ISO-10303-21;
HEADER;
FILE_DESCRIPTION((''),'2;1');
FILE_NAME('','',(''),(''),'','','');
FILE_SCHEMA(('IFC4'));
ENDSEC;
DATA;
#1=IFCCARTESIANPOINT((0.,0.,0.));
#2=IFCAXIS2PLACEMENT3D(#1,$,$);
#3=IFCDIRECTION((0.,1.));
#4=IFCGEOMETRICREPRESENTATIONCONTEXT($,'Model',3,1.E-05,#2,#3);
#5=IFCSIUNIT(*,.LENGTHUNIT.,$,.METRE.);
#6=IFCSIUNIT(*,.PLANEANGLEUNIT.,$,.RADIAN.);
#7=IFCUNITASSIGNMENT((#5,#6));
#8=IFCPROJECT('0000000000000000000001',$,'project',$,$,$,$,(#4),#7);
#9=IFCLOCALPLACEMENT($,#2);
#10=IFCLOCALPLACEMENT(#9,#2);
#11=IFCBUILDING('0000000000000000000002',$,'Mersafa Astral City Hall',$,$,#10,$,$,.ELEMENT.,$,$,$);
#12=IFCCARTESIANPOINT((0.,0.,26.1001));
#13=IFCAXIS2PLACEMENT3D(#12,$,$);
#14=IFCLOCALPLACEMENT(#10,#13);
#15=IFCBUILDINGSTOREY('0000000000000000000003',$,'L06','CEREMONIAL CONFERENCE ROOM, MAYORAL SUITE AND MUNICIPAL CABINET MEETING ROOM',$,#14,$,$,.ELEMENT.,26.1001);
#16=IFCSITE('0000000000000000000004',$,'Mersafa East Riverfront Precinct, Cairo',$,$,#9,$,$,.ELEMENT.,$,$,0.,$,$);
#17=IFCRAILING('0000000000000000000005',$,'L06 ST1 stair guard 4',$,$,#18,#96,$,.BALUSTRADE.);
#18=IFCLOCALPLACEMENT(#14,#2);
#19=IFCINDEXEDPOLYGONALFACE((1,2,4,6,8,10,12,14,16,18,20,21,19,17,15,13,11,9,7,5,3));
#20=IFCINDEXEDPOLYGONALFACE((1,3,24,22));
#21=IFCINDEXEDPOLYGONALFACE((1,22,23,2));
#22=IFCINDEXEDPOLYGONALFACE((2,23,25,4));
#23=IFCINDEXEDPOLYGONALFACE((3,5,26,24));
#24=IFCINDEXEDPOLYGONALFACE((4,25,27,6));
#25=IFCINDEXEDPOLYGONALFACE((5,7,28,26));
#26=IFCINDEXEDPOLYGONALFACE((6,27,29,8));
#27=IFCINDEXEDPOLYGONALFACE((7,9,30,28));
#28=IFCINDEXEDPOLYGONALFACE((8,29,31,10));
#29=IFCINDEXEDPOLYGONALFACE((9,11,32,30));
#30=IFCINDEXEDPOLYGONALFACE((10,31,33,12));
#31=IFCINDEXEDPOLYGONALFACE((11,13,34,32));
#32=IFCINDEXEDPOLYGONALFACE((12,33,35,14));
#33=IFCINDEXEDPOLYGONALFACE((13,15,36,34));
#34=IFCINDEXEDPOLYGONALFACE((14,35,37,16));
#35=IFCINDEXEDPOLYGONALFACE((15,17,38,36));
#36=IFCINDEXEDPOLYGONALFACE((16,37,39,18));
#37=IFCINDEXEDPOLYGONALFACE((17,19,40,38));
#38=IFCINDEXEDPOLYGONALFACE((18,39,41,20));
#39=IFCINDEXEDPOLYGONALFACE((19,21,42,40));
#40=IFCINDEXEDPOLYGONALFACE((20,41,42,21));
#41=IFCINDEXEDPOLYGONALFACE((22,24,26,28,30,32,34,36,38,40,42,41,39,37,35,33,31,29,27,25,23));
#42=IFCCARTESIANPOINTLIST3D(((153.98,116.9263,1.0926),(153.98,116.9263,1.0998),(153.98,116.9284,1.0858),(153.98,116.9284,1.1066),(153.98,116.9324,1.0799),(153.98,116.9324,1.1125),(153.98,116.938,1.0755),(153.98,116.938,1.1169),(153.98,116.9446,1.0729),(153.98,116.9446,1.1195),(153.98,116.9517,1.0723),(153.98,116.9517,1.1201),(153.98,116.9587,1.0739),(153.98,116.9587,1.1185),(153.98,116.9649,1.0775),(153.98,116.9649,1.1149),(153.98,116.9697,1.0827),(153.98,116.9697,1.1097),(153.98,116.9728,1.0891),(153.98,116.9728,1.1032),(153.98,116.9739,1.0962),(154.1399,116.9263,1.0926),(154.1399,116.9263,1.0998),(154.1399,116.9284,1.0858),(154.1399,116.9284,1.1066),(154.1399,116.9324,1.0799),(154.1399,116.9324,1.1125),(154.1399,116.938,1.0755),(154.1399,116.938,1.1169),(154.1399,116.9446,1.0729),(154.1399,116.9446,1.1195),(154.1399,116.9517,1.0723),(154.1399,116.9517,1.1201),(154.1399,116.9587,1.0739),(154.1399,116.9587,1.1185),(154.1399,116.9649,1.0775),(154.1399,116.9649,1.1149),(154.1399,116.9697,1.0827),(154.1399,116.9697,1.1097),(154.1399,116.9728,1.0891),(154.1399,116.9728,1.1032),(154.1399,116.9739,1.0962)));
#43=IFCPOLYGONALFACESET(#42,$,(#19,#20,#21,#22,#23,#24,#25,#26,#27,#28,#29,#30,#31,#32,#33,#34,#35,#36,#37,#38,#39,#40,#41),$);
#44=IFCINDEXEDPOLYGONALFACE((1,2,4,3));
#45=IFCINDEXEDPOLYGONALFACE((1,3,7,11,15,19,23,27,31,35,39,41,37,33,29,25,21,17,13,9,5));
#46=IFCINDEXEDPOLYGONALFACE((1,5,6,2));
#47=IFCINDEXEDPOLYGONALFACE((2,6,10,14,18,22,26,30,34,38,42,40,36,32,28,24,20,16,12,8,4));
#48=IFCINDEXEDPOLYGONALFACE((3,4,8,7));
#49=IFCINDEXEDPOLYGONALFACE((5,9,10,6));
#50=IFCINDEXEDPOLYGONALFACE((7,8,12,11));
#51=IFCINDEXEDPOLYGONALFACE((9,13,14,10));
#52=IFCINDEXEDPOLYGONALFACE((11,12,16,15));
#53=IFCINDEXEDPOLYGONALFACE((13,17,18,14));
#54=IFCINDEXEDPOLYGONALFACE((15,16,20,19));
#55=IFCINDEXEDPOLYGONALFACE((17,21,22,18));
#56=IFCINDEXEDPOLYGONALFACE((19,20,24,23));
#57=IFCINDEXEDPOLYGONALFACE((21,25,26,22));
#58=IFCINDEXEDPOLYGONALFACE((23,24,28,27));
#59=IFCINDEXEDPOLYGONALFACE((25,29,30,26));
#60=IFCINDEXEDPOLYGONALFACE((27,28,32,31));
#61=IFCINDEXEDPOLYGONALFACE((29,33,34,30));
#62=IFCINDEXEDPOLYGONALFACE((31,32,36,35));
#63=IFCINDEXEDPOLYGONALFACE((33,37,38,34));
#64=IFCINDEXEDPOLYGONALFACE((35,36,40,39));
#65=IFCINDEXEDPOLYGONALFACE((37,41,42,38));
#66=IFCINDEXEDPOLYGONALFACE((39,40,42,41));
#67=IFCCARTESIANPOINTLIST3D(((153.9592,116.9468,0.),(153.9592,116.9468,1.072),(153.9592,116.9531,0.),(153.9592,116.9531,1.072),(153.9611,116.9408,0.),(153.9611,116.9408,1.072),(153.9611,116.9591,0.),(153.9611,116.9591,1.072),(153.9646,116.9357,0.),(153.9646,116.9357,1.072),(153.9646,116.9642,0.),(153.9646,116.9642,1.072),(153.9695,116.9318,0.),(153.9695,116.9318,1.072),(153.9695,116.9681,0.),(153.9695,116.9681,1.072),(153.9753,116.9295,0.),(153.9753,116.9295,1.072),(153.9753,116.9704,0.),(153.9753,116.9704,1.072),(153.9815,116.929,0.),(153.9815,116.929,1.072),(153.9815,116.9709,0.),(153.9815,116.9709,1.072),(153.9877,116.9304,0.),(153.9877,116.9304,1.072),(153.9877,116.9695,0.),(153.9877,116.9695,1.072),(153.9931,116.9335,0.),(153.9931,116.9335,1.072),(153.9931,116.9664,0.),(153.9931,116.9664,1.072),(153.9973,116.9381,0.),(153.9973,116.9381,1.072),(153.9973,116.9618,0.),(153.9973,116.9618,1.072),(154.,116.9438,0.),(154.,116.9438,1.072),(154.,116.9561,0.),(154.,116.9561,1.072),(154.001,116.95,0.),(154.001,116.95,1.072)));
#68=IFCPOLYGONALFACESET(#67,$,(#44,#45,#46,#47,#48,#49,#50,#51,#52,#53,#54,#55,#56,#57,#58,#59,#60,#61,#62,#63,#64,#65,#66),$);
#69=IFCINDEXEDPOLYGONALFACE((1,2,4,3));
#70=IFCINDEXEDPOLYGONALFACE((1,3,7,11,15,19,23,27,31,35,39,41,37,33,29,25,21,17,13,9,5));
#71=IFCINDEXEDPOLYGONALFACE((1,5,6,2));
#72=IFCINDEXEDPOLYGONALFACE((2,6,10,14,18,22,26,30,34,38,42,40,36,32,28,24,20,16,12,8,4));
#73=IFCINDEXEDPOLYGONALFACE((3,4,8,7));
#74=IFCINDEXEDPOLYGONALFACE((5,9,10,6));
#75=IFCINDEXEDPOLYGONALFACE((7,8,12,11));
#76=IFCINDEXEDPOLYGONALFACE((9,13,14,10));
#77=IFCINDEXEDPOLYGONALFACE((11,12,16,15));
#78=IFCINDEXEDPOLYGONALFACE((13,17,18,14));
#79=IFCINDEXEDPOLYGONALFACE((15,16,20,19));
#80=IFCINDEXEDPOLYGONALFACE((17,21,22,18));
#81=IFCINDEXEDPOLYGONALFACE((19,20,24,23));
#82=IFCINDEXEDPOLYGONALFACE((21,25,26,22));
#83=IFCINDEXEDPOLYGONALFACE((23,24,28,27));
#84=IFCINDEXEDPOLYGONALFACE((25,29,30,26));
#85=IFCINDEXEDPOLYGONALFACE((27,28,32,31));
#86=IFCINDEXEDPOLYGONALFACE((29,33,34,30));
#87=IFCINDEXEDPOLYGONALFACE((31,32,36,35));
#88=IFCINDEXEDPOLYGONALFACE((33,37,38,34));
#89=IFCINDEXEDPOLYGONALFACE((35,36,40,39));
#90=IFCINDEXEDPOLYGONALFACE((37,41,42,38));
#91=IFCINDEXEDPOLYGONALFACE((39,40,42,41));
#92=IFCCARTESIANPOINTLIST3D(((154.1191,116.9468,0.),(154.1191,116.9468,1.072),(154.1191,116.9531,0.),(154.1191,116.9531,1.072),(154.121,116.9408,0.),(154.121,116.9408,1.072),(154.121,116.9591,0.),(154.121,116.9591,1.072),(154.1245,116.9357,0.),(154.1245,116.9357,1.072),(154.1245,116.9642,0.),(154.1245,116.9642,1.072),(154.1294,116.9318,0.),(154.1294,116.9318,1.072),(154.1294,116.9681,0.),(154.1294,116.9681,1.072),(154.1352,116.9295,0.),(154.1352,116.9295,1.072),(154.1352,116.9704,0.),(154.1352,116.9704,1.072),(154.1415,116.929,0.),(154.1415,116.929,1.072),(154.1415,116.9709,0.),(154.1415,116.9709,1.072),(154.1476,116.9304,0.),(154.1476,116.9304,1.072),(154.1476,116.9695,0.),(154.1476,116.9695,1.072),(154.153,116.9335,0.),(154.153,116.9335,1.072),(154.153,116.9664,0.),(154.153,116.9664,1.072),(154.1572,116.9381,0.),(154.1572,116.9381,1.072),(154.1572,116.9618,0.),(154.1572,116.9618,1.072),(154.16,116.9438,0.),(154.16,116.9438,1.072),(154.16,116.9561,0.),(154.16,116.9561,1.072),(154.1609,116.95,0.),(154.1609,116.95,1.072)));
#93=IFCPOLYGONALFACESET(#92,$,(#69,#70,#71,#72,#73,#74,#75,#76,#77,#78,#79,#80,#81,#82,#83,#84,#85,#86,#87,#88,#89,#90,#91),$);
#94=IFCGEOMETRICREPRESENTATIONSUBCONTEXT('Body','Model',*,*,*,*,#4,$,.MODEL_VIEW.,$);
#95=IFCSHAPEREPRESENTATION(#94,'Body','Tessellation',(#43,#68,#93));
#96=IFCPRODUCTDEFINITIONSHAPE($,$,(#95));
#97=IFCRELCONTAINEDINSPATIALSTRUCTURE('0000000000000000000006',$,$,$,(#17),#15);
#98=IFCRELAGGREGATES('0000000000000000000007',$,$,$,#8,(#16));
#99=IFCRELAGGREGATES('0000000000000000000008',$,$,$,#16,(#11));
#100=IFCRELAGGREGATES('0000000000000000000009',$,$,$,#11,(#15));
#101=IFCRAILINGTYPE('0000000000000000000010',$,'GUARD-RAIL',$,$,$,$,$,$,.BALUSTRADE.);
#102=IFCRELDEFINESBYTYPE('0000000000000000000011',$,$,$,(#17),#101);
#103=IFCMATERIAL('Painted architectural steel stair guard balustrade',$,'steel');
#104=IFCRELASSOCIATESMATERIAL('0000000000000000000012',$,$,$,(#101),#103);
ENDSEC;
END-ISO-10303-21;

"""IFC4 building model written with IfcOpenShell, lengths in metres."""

from ifc_helpers import new_model, si_unit, direction, frame, origin, origin_2d, place, context, subcontext, project, spatial, circle, extrude, material, type_object, element, save


model = new_model("IFC4")

# Units and contexts
model_context = context("Model", 3, precision=1e-05, world=origin(), true_north=direction((0.0, 1.0)))
body_context = subcontext(model_context, "Body", "Model", "MODEL_VIEW")
ifc_project = project(units=[si_unit("LENGTHUNIT", "METRE"), si_unit("PLANEANGLEUNIT", "RADIAN")], contexts=[model_context])

# Site, building, storey
site_placement = place(None, origin())
site = spatial("IfcSite", under=ifc_project, at=site_placement, Name="Mersafa East Riverfront Precinct, Cairo", CompositionType="ELEMENT", RefElevation=0.0)
building_placement = place(site_placement, origin())
building = spatial("IfcBuilding", under=site, at=building_placement, Name="Mersafa Astral City Hall", CompositionType="ELEMENT")
storey_placement = place(building_placement, frame((0.0, 0.0, 26.1001)))
storey = spatial("IfcBuildingStorey", under=building, at=storey_placement, Name="L06", Description="CEREMONIAL CONFERENCE ROOM, MAYORAL SUITE AND MUNICIPAL CABINET MEETING ROOM", CompositionType="ELEMENT", Elevation=26.1001)

# Railing
ifc_material_1 = material(Name="Painted architectural steel stair guard balustrade", Category="steel")
railing_type_1 = type_object("IfcRailingType", Name="GUARD-RAIL", PredefinedType="BALUSTRADE", material=ifc_material_1)
railing_1_placement = place(storey_placement, frame((153.98, 116.95, 0.0)))
element("IfcRailing", 1, at=railing_1_placement, inside=storey, type_object=railing_type_1, Name="L06 ST1 stair guard 4", PredefinedType="BALUSTRADE", context=body_context, shape_type="SweptSolid", body=[
    extrude(circle(Radius=0.0239, at=origin_2d()), frame((0.0, 0.0, 1.0962), z_axis=(1.0, 0.0, 0.0), x_axis=(0.0, 1.0, 0.0)), (0.0, 0.0, 1.0), 0.1599),
    extrude(circle(Radius=0.021, at=origin_2d()), origin(), (0.0, 0.0, 1.0), 1.072),
    extrude(circle(Radius=0.021, at=origin_2d()), frame((0.1599, 0.0, 0.0)), (0.0, 0.0, 1.0), 1.072),
])

save(model, "model.ifc")
